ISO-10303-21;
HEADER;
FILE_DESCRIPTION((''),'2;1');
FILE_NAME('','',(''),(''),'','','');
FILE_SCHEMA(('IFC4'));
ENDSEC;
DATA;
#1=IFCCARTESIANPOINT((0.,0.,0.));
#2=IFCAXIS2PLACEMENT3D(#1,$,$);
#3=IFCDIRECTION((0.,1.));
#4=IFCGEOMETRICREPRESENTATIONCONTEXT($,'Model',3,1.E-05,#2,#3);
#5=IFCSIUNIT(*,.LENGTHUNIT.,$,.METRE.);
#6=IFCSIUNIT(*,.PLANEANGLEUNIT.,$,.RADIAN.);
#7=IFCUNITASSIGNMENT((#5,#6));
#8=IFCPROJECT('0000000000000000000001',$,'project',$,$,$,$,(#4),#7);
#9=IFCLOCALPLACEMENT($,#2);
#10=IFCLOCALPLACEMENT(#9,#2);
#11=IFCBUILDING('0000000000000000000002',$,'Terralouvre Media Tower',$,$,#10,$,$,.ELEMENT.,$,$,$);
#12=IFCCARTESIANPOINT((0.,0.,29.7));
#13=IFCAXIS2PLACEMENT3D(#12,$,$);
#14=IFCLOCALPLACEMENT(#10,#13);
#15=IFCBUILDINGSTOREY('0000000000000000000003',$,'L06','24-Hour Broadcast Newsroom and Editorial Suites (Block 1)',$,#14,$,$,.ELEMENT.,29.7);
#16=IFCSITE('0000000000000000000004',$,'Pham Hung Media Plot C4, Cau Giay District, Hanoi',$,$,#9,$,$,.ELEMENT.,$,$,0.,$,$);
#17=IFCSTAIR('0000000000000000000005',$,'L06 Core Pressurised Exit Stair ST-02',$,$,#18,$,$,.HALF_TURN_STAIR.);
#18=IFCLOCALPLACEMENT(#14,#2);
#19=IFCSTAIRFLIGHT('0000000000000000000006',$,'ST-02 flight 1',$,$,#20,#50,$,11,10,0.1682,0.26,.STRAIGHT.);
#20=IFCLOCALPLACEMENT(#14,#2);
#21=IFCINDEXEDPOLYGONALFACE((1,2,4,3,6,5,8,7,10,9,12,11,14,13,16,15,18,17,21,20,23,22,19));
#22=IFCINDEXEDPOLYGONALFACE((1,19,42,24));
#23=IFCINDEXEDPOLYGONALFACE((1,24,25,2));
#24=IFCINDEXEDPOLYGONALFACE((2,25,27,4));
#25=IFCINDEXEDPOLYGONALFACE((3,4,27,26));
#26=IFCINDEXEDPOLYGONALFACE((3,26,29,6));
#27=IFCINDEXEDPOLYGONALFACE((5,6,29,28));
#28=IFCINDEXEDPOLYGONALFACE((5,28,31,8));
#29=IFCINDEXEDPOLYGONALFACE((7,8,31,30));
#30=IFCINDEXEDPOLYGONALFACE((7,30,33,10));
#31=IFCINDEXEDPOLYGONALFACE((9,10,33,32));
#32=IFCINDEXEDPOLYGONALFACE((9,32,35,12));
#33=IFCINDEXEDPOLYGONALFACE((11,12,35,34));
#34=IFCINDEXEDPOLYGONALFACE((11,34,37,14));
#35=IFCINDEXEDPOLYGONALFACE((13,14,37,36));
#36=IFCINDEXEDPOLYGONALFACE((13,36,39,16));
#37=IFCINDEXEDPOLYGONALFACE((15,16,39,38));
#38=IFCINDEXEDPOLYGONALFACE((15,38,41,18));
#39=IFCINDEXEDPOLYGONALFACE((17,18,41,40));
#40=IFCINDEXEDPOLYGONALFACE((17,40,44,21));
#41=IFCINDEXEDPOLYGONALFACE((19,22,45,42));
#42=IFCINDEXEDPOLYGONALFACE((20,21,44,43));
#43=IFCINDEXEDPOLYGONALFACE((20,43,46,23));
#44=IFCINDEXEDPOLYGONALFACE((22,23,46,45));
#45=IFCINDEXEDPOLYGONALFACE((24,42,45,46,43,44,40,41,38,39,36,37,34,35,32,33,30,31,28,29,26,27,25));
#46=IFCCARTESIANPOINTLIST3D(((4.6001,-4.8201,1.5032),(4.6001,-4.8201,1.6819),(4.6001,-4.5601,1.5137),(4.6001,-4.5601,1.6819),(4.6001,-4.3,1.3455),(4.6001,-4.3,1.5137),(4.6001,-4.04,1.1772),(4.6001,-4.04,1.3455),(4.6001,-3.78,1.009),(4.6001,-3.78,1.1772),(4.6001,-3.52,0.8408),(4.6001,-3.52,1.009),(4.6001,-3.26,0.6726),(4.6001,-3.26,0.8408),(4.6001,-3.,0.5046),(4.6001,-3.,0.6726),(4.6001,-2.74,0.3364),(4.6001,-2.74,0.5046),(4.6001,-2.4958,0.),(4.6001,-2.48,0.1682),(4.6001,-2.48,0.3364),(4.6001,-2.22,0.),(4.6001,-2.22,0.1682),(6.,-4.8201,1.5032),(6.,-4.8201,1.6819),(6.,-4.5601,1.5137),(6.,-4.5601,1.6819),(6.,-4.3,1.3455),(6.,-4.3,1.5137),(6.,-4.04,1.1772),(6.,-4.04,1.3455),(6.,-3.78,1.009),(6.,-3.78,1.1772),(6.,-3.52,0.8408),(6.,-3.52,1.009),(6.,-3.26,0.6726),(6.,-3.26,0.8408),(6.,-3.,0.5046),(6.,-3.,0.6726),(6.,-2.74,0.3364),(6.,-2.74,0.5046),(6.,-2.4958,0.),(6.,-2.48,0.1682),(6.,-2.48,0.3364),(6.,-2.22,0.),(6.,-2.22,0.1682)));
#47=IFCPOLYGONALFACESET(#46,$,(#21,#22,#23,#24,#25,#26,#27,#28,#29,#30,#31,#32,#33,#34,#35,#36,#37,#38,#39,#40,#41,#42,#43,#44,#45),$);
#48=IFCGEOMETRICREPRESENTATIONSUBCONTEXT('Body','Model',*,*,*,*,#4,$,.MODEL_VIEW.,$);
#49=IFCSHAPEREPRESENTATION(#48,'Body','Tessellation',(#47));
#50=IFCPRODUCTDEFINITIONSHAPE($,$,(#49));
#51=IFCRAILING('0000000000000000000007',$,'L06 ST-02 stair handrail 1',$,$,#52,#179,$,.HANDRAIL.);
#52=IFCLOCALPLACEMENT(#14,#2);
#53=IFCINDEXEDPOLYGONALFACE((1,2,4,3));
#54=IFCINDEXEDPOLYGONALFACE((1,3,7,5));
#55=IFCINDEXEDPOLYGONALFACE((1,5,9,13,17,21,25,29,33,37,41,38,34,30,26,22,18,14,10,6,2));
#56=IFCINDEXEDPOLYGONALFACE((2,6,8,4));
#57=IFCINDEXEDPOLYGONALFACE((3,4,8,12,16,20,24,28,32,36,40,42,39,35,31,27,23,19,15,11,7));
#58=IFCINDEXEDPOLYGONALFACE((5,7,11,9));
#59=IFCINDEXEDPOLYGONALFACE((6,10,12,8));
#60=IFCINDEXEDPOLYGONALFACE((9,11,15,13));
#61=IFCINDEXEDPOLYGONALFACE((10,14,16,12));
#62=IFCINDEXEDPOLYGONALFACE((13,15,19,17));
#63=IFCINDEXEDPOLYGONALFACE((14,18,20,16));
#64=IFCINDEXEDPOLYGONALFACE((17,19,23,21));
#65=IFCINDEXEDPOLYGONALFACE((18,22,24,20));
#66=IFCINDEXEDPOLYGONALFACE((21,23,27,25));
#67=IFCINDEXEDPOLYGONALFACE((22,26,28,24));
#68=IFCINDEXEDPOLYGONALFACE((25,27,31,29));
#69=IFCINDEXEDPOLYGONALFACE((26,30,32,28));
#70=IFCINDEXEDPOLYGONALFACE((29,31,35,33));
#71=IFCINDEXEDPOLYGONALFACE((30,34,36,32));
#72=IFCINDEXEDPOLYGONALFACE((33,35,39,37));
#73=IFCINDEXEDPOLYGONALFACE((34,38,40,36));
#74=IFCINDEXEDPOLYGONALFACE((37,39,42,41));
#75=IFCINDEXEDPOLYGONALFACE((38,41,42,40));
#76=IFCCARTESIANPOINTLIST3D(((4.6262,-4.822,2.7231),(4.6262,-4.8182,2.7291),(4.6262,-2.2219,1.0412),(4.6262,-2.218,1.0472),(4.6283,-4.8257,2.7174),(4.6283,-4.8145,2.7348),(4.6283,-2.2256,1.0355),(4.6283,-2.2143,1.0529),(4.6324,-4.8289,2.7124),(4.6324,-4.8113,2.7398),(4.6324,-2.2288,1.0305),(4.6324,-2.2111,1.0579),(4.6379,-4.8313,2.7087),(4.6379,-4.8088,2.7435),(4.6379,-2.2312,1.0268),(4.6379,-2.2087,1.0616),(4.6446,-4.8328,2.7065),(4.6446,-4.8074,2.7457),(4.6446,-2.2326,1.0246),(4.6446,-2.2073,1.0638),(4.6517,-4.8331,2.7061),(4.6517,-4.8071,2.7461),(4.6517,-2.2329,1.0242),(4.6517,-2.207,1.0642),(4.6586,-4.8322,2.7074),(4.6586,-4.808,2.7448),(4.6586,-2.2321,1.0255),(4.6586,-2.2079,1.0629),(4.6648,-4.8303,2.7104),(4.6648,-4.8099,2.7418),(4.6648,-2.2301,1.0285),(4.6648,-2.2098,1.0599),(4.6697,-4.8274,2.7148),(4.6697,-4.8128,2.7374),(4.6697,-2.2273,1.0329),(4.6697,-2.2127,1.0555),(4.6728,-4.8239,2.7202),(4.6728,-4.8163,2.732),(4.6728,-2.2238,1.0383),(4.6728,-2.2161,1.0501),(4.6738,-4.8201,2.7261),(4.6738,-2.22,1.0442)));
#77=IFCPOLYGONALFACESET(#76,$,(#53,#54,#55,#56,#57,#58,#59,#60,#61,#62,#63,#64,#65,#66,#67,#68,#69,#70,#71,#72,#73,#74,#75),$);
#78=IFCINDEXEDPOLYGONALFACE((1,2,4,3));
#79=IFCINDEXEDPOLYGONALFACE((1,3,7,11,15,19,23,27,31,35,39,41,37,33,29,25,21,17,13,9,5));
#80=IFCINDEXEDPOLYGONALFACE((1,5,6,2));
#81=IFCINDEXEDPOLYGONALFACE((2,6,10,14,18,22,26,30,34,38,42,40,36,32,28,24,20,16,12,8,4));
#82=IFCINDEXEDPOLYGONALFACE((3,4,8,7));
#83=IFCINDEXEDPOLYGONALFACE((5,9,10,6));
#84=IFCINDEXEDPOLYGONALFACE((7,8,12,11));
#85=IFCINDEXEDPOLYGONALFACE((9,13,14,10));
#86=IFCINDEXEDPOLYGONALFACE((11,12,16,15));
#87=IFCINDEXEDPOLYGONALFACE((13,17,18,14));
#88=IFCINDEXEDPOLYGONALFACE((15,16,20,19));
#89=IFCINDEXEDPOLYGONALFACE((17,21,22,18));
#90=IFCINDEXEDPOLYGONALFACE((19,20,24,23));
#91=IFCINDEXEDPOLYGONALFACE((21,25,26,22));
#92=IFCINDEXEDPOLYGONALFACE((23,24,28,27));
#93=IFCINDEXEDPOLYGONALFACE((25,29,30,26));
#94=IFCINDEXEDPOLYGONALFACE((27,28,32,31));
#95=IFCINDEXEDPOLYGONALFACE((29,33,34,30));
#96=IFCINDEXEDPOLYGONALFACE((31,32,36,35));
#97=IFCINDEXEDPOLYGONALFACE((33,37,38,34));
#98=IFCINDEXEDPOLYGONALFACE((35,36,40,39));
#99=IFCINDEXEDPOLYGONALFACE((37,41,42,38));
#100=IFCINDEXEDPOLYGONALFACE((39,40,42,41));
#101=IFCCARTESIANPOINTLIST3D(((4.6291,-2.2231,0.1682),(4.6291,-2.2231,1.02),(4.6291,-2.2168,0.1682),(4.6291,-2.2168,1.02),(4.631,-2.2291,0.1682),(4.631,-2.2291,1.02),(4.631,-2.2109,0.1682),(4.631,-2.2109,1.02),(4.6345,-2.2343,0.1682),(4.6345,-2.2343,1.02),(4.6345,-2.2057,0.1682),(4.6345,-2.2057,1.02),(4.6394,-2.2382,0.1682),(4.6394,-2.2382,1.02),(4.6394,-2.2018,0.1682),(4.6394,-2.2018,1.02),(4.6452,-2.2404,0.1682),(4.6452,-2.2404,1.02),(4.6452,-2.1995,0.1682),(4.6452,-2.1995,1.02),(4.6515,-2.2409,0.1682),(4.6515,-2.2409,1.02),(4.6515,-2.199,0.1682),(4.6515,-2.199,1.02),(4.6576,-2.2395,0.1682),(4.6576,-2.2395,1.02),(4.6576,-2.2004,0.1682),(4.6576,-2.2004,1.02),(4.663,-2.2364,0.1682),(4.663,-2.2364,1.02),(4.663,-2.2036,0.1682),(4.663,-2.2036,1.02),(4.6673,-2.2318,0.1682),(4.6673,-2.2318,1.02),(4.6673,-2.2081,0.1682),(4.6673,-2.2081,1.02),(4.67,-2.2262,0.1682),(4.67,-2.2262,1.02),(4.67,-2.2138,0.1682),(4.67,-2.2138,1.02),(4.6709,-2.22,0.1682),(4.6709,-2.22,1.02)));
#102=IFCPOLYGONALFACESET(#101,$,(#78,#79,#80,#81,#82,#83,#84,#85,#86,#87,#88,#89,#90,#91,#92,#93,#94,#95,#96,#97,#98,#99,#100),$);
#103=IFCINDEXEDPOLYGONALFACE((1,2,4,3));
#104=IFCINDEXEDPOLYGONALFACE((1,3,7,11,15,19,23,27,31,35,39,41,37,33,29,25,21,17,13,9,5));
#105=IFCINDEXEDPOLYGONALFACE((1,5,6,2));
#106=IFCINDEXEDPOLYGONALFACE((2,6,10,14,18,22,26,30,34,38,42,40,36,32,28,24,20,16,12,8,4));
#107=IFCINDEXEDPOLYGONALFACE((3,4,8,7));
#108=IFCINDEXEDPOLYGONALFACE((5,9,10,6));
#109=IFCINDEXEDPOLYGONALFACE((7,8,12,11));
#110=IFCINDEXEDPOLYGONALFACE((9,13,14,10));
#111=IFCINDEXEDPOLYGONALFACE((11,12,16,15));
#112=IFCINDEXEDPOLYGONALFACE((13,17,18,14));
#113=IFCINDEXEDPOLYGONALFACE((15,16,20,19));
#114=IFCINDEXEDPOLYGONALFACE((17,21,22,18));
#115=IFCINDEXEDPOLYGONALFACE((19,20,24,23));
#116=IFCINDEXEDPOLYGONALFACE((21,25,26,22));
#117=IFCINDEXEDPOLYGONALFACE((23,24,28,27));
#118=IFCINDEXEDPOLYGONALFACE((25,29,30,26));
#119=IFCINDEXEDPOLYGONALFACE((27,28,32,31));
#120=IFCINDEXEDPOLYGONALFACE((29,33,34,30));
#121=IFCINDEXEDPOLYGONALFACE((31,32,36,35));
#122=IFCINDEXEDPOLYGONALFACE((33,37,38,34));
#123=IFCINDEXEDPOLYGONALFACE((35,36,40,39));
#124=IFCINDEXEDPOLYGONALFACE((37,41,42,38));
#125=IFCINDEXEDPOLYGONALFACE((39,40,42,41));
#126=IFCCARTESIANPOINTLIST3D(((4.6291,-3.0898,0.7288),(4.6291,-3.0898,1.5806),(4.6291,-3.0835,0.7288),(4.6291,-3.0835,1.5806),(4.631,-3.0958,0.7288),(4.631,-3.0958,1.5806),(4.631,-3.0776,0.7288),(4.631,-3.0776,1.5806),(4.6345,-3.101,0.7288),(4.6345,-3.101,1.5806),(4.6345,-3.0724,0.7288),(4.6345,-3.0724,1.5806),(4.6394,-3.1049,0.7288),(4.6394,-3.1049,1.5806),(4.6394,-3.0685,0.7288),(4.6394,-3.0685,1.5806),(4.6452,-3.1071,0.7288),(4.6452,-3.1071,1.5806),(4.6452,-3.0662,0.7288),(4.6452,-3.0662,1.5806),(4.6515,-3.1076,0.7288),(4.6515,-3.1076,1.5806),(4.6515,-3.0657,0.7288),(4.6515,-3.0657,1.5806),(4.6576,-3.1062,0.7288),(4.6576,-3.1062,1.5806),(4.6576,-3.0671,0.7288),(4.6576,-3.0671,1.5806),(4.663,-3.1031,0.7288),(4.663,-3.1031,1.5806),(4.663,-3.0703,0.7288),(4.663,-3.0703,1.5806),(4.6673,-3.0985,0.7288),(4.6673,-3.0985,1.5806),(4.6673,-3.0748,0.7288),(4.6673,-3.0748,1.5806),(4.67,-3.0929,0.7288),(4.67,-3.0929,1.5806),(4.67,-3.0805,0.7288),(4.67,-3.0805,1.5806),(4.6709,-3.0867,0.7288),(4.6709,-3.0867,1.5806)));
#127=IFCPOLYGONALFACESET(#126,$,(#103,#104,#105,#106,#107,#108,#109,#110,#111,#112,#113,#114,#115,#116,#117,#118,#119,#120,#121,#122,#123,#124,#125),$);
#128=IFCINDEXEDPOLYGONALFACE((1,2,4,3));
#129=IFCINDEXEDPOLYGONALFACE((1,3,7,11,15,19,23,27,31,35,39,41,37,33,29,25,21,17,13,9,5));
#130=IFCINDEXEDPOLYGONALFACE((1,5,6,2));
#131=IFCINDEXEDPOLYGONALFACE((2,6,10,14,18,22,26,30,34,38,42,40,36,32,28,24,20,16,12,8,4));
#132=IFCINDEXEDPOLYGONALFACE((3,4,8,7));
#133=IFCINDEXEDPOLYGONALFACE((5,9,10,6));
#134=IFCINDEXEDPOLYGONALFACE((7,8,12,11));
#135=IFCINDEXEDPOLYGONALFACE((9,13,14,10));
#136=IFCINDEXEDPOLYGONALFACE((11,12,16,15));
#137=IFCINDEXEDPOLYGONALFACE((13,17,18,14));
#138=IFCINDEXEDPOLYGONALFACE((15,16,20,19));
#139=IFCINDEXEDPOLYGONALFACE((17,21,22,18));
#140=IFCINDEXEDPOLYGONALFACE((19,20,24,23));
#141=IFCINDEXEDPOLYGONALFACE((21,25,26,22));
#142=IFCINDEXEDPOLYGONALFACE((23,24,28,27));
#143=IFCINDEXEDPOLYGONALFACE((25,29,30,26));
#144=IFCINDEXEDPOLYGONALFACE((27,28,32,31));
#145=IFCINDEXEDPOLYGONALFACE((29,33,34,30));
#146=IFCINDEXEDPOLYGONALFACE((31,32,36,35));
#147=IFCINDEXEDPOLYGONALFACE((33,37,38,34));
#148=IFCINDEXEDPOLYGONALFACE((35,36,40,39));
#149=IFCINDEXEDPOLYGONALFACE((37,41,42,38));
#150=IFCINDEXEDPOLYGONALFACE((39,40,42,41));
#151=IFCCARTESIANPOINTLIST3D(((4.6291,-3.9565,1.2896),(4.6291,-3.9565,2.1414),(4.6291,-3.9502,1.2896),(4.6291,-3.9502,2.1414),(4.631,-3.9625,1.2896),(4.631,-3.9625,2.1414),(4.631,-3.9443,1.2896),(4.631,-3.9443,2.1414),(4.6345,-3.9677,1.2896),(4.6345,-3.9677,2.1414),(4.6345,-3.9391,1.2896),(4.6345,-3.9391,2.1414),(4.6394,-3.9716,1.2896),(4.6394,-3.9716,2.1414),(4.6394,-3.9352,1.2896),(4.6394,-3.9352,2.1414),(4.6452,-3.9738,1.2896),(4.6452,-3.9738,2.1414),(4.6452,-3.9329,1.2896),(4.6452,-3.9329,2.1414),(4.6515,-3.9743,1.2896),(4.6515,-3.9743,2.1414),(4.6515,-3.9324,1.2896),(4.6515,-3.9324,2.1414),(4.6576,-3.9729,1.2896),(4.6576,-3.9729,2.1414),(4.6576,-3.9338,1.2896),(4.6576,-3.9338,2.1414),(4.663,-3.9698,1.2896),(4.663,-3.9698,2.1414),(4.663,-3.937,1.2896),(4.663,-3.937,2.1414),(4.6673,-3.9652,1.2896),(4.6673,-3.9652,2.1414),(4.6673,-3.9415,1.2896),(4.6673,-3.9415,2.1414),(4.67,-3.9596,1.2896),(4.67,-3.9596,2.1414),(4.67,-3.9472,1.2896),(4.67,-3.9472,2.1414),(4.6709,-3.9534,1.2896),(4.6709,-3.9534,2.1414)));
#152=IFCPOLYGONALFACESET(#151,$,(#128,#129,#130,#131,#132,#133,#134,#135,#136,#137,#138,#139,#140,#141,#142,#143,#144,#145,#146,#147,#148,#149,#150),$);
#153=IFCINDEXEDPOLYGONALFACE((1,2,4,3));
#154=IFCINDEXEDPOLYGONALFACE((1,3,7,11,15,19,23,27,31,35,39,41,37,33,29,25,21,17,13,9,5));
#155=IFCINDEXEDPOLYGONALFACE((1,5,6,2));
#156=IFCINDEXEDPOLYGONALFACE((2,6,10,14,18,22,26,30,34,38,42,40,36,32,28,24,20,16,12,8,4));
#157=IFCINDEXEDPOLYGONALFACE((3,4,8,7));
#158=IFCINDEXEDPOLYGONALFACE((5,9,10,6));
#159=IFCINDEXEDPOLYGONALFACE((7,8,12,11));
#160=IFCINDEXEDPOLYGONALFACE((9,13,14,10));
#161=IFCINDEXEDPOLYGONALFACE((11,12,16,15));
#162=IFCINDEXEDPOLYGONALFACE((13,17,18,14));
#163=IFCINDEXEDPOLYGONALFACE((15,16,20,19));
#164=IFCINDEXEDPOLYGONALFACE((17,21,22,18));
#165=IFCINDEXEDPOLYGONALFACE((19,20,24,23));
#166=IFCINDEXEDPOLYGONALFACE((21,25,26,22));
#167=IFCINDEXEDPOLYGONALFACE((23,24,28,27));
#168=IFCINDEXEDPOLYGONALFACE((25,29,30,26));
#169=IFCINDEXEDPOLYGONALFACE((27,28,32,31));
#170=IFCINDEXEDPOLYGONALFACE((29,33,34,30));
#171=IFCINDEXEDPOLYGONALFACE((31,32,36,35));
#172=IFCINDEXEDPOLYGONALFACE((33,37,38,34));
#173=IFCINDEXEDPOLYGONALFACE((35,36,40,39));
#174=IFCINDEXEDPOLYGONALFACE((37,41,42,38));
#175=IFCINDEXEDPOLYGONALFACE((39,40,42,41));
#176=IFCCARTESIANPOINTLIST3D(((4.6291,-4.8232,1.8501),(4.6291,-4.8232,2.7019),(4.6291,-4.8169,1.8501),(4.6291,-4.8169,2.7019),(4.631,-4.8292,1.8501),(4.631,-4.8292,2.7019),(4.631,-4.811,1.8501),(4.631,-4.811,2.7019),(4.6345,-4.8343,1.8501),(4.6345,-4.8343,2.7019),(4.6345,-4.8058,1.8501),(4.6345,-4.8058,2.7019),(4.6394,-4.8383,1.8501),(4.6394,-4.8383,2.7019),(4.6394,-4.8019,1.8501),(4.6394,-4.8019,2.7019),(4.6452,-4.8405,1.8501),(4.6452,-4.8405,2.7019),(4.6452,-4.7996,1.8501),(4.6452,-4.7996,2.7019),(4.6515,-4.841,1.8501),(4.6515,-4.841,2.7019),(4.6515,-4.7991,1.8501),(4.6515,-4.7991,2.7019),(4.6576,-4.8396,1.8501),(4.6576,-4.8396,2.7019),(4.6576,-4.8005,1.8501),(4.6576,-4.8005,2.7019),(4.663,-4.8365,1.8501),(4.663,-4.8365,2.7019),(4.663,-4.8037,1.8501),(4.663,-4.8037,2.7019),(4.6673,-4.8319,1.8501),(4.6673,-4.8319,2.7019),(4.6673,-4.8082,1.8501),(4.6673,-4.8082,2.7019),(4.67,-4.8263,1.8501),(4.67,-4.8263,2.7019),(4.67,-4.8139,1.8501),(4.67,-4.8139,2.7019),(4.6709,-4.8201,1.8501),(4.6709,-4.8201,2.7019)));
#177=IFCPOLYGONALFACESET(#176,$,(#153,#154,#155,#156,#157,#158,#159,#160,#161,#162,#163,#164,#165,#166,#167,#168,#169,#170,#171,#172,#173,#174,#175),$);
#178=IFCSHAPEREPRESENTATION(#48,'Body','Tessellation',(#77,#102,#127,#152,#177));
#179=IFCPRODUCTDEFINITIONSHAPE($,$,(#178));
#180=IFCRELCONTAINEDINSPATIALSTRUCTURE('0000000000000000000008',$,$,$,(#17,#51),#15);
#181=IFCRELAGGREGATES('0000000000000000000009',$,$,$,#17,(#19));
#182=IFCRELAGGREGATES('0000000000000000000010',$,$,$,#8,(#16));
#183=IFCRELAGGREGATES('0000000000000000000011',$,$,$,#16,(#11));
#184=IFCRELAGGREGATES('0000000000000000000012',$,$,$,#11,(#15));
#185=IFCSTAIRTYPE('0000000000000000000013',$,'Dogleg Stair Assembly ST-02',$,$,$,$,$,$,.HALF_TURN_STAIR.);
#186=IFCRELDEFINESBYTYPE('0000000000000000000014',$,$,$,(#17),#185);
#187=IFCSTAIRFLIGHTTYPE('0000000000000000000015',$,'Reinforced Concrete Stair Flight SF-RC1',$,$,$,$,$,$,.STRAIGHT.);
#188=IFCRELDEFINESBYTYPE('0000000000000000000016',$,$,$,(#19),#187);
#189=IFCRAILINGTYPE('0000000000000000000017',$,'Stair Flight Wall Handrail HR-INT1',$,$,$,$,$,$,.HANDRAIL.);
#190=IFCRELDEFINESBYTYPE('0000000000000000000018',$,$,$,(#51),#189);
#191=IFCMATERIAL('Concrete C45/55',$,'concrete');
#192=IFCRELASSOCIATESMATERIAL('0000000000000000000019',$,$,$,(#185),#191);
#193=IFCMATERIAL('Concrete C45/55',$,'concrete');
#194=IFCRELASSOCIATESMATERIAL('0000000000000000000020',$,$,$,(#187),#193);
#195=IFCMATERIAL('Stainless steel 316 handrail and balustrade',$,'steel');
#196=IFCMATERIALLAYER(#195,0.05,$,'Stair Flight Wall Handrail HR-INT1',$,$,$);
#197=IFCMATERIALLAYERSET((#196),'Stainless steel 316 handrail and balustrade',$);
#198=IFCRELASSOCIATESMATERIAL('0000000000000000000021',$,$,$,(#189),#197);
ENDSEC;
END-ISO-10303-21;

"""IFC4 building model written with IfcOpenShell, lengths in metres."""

from ifc_helpers import new_model, si_unit, direction, frame, origin, origin_2d, place, context, subcontext, project, spatial, polyline, circle, outline, extrude, material, layer, layer_set, type_object, element, aggregate, save


model = new_model("IFC4")

# Units and contexts
model_context = context("Model", 3, precision=1e-05, world=origin(), true_north=direction((0.0, 1.0)))
body_context = subcontext(model_context, "Body", "Model", "MODEL_VIEW")
ifc_project = project(units=[si_unit("LENGTHUNIT", "METRE"), si_unit("PLANEANGLEUNIT", "RADIAN")], contexts=[model_context])

# Site, building, storey
site_placement = place(None, origin())
site = spatial("IfcSite", under=ifc_project, at=site_placement, Name="Pham Hung Media Plot C4, Cau Giay District, Hanoi", CompositionType="ELEMENT", RefElevation=0.0)
building_placement = place(site_placement, origin())
building = spatial("IfcBuilding", under=site, at=building_placement, Name="Terralouvre Media Tower", CompositionType="ELEMENT")
storey_placement = place(building_placement, frame((0.0, 0.0, 29.7)))
storey = spatial("IfcBuildingStorey", under=building, at=storey_placement, Name="L06", Description="24-Hour Broadcast Newsroom and Editorial Suites (Block 1)", CompositionType="ELEMENT", Elevation=29.7)

# Stair, stair flight
ifc_material_1 = material(Name="Concrete C45/55", Category="concrete")
stair_type = type_object("IfcStairType", Name="Dogleg Stair Assembly ST-02", PredefinedType="HALF_TURN_STAIR", material=ifc_material_1)
stair_placement = place(storey_placement, origin())
stair = element("IfcStair", 1, at=stair_placement, inside=storey, type_object=stair_type, Name="L06 Core Pressurised Exit Stair ST-02", PredefinedType="HALF_TURN_STAIR")
ifc_material_2 = material(Name="Concrete C45/55", Category="concrete")
stair_flight_type = type_object("IfcStairFlightType", Name="Reinforced Concrete Stair Flight SF-RC1", PredefinedType="STRAIGHT", material=ifc_material_2)
stair_flight_placement = place(storey_placement, frame((5.3, -2.22, 0.0), z_axis=(0.0, 0.0, 1.0), x_axis=(0.0, -1.0, 0.0)))
stair_flight = element("IfcStairFlight", 2, at=stair_flight_placement, type_object=stair_flight_type, Name="ST-02 flight 1", NumberOfRisers=11, NumberOfTreads=10, PredefinedType="STRAIGHT", RiserHeight=0.1682, TreadLength=0.26, context=body_context, shape_type="SweptSolid", body=[
    extrude(outline(polyline([(0.0, 0.0), (0.0, 0.1682), (0.26, 0.1682), (0.26, 0.3364), (0.52, 0.3364), (0.52, 0.5046), (0.78, 0.5046), (0.78, 0.6726), (1.04, 0.6726), (1.04, 0.8408), (1.3, 0.8408), (1.3, 1.009), (1.5601, 1.009), (1.5601, 1.1772), (1.8201, 1.1772), (1.8201, 1.3455), (2.0801, 1.3455), (2.0801, 1.5137), (2.3401, 1.5137), (2.3401, 1.6819), (2.6001, 1.6819), (2.6001, 1.8501), (2.6001, 1.5032), (0.2759, 0.0), (0.0, 0.0)])), frame((0.0, 0.7, 0.0), z_axis=(0.0, -1.0, 0.0), x_axis=(1.0, 0.0, 0.0)), (0.0, 0.0, 1.0), 1.3999),
])
aggregate(stair, [stair_flight])

# Railing
ifc_material_3 = material(Name="Stainless steel 316 handrail and balustrade", Category="steel")
ifc_layer_1 = layer(ifc_material_3, 0.05, Name="Stair Flight Wall Handrail HR-INT1")
ifc_layer_set_1 = layer_set([ifc_layer_1], Name="Stainless steel 316 handrail and balustrade")
railing_type_1 = type_object("IfcRailingType", Name="Stair Flight Wall Handrail HR-INT1", PredefinedType="HANDRAIL", material=ifc_layer_set_1)
railing_1_placement = place(storey_placement, frame((4.6499, -2.22, 0.1682)))
element("IfcRailing", 3, at=railing_1_placement, inside=storey, type_object=railing_type_1, Name="L06 ST-02 stair handrail 1", PredefinedType="HANDRAIL", context=body_context, shape_type="SweptSolid", body=[
    extrude(circle(Radius=0.0239, at=origin_2d()), frame((0.0, 0.0, 0.876), z_axis=(0.0, -0.839648, 0.54313), x_axis=(1.0, 0.0, 0.0)), (0.0, 0.0, 1.0), 3.0967),
    extrude(circle(Radius=0.021, at=origin_2d()), origin(), (0.0, 0.0, 1.0), 0.8518),
    extrude(circle(Radius=0.021, at=origin_2d()), frame((0.0, -0.8667, 0.5605)), (0.0, 0.0, 1.0), 0.8518),
    extrude(circle(Radius=0.021, at=origin_2d()), frame((0.0, -1.7334, 1.1213)), (0.0, 0.0, 1.0), 0.8518),
    extrude(circle(Radius=0.021, at=origin_2d()), frame((0.0, -2.6001, 1.6819)), (0.0, 0.0, 1.0), 0.8518),
])

save(model, "model.ifc")
